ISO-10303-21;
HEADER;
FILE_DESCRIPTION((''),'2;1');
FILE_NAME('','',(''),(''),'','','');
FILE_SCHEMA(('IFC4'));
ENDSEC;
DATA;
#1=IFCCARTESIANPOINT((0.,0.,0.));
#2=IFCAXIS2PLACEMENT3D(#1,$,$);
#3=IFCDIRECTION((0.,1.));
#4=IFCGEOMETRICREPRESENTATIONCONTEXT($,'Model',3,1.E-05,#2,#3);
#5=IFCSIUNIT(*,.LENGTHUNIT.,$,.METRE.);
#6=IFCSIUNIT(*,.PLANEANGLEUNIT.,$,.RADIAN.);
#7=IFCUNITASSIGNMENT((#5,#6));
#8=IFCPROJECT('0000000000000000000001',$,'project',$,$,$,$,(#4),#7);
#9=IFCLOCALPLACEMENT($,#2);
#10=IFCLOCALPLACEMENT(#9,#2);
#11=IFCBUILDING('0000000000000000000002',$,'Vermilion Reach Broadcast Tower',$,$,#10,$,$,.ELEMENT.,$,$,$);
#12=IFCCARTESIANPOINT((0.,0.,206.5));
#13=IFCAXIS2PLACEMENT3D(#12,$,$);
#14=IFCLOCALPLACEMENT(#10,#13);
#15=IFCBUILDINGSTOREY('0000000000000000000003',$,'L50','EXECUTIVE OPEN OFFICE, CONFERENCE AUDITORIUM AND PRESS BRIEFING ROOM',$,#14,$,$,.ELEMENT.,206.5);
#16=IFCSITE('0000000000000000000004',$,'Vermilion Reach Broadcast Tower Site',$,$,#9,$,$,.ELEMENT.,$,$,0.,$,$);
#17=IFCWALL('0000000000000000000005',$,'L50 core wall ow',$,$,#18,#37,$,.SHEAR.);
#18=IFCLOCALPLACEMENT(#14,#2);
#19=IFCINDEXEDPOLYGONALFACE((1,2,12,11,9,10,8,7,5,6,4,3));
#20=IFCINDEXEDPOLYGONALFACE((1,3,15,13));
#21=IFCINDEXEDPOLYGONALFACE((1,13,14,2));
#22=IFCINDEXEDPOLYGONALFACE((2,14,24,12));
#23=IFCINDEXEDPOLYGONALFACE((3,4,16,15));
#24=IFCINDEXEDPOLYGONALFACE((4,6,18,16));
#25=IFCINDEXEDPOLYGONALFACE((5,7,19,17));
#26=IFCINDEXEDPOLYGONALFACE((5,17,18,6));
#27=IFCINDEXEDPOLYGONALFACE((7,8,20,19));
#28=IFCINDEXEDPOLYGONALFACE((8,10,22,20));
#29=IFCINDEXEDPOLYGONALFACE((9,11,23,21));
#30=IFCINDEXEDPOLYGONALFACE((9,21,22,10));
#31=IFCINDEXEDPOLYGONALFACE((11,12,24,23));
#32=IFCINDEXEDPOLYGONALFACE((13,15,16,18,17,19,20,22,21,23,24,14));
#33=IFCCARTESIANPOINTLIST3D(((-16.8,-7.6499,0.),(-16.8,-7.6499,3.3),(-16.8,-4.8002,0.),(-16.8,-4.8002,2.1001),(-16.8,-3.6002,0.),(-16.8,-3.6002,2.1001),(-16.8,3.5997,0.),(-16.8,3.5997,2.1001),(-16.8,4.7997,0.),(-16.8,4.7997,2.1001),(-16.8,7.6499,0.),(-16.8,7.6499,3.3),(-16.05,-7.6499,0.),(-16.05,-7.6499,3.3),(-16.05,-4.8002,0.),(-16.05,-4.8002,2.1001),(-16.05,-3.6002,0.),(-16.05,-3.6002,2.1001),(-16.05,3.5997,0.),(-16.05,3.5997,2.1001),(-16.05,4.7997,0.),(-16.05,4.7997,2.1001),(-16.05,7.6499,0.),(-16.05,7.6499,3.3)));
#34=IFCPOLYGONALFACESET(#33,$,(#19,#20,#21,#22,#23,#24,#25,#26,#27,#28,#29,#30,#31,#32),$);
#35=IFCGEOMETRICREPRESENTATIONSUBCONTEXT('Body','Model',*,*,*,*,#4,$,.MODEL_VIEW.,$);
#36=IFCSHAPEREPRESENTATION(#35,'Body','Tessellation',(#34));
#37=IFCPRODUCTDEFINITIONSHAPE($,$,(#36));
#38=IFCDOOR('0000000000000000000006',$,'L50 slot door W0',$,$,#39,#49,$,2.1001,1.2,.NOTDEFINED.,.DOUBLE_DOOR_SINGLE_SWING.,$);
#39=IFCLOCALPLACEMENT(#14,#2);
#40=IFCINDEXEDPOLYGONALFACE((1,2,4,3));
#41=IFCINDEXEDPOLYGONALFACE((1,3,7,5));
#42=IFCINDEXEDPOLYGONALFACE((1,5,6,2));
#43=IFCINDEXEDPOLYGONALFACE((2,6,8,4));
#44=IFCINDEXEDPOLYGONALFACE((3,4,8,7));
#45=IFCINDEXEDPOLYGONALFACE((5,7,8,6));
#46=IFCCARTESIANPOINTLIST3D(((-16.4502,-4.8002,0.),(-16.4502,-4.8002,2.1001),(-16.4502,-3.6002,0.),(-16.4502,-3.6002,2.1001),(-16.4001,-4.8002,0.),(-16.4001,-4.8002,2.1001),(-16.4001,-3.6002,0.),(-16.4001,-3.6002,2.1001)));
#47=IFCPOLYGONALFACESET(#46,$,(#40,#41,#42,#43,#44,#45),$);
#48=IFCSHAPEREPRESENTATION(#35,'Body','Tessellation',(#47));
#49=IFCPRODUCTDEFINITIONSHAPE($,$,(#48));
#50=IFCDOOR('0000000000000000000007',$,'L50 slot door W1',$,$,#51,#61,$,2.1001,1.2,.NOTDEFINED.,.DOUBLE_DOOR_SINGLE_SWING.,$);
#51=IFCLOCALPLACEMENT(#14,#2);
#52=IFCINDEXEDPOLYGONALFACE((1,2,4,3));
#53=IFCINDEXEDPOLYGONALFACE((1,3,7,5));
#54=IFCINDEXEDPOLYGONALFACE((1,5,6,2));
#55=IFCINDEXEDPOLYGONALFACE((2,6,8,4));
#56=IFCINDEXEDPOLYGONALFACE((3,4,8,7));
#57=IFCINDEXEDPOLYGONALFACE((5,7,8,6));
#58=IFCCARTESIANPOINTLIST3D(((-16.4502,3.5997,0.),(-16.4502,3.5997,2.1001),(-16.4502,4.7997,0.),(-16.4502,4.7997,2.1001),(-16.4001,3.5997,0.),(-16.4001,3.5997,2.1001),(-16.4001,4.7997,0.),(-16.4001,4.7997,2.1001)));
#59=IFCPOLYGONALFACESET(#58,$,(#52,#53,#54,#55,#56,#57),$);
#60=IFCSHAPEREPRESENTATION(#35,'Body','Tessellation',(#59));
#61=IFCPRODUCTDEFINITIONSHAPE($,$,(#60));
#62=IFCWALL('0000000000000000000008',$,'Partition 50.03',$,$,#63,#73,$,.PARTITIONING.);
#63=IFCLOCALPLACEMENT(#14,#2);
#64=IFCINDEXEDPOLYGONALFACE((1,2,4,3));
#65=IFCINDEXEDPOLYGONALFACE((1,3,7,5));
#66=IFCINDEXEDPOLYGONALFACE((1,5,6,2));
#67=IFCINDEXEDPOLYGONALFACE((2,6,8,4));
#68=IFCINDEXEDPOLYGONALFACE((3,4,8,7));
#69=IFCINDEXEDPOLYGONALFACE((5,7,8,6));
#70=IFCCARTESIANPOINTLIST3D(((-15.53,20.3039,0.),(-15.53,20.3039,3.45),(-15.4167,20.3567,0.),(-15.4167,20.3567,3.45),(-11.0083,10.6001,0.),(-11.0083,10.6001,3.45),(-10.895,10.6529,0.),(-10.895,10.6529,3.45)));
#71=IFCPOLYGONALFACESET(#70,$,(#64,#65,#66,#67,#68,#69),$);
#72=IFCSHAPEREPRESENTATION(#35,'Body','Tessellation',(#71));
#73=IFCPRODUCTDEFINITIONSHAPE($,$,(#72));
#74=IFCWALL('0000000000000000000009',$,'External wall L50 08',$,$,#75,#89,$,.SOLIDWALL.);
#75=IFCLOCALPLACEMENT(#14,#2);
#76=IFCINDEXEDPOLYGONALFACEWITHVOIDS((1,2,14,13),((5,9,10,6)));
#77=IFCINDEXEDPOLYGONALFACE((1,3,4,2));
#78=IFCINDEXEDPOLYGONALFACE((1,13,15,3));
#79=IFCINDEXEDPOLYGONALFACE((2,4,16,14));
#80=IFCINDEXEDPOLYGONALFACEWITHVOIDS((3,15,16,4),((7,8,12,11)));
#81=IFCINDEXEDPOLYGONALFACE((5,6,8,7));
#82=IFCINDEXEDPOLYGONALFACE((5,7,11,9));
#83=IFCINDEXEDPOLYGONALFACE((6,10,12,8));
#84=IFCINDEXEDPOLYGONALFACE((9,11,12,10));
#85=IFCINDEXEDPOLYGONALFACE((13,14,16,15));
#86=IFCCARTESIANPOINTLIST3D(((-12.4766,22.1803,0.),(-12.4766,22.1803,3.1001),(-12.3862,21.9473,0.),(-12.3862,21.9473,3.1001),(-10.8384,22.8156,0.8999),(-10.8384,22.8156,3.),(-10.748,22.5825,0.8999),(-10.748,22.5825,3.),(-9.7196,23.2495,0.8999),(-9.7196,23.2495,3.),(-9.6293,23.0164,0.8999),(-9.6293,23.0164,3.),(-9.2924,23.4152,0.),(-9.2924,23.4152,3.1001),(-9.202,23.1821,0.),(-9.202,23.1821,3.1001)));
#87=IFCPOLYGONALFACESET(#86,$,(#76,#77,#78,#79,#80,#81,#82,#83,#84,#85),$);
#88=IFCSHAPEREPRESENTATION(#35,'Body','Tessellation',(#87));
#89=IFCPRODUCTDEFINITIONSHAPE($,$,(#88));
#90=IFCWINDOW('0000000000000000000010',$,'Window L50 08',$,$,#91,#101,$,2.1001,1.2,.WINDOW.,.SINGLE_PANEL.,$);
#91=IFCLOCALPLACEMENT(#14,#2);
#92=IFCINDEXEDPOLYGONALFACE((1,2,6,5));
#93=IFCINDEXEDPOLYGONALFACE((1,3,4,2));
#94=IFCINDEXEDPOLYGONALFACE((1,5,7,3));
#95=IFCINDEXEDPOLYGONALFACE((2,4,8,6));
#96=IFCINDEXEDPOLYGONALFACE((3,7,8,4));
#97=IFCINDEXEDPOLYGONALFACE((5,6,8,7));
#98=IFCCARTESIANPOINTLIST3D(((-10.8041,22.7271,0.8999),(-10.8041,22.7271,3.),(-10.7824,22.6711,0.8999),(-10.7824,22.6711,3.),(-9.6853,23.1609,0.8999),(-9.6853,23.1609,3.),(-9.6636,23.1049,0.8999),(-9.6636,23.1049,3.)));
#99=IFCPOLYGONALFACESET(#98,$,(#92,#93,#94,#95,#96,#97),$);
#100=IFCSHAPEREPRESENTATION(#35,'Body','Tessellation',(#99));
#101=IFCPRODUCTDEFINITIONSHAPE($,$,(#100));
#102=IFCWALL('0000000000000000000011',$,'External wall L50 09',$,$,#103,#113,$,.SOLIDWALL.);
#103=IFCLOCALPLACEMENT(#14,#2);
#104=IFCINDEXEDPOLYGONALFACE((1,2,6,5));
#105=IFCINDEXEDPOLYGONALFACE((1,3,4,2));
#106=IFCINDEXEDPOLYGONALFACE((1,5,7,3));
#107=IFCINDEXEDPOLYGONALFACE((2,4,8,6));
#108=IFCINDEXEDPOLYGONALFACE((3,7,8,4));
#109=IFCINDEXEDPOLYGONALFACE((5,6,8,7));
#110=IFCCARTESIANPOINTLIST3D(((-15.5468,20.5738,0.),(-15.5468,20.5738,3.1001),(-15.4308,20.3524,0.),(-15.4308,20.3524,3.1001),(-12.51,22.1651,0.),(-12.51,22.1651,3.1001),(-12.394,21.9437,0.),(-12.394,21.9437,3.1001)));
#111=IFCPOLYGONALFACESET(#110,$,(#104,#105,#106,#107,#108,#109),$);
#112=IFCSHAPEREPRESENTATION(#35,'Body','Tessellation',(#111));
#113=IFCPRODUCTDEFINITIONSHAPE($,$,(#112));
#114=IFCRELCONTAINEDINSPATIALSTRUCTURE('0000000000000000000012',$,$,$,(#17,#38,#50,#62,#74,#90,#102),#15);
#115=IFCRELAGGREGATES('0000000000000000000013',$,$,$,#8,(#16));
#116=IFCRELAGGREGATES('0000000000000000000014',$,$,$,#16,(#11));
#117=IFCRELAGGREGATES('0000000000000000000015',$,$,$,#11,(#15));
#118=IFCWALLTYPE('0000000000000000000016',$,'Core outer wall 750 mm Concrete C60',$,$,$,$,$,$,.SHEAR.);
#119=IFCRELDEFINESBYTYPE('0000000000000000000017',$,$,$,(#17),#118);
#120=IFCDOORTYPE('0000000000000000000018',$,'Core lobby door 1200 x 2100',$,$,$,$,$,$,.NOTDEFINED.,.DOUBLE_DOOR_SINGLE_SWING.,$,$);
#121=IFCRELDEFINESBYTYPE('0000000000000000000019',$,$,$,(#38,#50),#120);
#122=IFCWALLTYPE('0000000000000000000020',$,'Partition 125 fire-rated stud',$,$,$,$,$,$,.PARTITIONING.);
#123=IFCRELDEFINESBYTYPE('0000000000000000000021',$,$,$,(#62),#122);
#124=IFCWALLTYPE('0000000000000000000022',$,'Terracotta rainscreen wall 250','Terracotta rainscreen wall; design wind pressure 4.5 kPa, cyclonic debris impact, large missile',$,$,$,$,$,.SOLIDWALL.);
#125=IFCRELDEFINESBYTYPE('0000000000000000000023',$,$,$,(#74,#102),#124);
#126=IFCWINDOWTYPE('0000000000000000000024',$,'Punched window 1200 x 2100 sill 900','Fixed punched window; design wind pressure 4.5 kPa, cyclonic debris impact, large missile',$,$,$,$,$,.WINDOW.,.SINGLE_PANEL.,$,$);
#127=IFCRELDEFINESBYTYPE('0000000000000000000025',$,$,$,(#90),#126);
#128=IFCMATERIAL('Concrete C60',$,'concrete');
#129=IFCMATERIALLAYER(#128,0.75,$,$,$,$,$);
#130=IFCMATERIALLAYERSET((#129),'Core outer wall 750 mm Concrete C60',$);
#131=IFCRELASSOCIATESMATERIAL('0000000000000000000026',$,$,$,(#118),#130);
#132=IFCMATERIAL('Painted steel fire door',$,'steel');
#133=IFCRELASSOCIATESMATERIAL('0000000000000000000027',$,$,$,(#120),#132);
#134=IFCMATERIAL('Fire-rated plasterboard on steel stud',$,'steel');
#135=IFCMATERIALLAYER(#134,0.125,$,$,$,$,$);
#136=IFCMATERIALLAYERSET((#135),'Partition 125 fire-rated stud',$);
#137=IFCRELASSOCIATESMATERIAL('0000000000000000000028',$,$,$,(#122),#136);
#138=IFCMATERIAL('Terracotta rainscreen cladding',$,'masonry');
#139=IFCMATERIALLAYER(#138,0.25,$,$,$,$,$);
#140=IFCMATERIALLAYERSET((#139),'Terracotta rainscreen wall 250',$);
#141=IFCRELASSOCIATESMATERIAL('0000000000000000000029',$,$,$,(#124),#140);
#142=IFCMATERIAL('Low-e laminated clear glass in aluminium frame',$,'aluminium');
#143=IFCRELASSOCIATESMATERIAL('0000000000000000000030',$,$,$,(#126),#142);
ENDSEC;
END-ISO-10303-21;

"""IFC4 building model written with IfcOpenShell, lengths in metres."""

from ifc_helpers import new_model, si_unit, direction, frame, frame_2d, origin, place, context, subcontext, project, spatial, rectangle, extrude, material, layer, layer_set, type_object, element, fill, save


model = new_model("IFC4")

# Units and contexts
model_context = context("Model", 3, precision=1e-05, world=origin(), true_north=direction((0.0, 1.0)))
body_context = subcontext(model_context, "Body", "Model", "MODEL_VIEW")
ifc_project = project(units=[si_unit("LENGTHUNIT", "METRE"), si_unit("PLANEANGLEUNIT", "RADIAN")], contexts=[model_context])

# Site, building, storey
site_placement = place(None, origin())
site = spatial("IfcSite", under=ifc_project, at=site_placement, Name="Vermilion Reach Broadcast Tower Site", CompositionType="ELEMENT", RefElevation=0.0)
building_placement = place(site_placement, origin())
building = spatial("IfcBuilding", under=site, at=building_placement, Name="Vermilion Reach Broadcast Tower", CompositionType="ELEMENT")
storey_placement = place(building_placement, frame((0.0, 0.0, 206.5)))
storey = spatial("IfcBuildingStorey", under=building, at=storey_placement, Name="L50", Description="EXECUTIVE OPEN OFFICE, CONFERENCE AUDITORIUM AND PRESS BRIEFING ROOM", CompositionType="ELEMENT", Elevation=206.5)

# Wall, openings, doors
ifc_material_1 = material(Name="Concrete C60", Category="concrete")
ifc_layer_1 = layer(ifc_material_1, 0.75)
ifc_layer_set_1 = layer_set([ifc_layer_1], Name="Core outer wall 750 mm Concrete C60")
wall_type_1 = type_object("IfcWallType", Name="Core outer wall 750 mm Concrete C60", PredefinedType="SHEAR", material=ifc_layer_set_1)
wall_1_placement = place(storey_placement, frame((-16.425, 7.6499, 0.0), z_axis=(0.0, 0.0, 1.0), x_axis=(0.0, -1.0, 0.0)))
wall_1 = element("IfcWall", 1, at=wall_1_placement, inside=storey, type_object=wall_type_1, Name="L50 core wall ow", PredefinedType="SHEAR", context=body_context, shape_type="SweptSolid", body=[
    extrude(rectangle(XDim=15.2998, YDim=0.75, at=frame_2d((7.6499, 0.0))), origin(), (0.0, 0.0, 1.0), 3.3),
])
opening_1_placement = place(wall_1_placement, frame((11.25, 0.0, 0.0)))
opening_1 = element("IfcOpeningElement", 2, at=opening_1_placement, cuts=wall_1, PredefinedType="OPENING", context=body_context, shape_type="SweptSolid", body=[
    extrude(rectangle(XDim=1.2, YDim=2.1001, at=frame_2d((0.6001, 1.05))), frame((0.0, 0.385, 0.0), z_axis=(0.0, -1.0, 0.0), x_axis=(1.0, 0.0, 0.0)), (0.0, 0.0, 1.0), 0.77),
])
opening_2_placement = place(wall_1_placement, frame((2.8501, 0.0, 0.0)))
opening_2 = element("IfcOpeningElement", 3, at=opening_2_placement, cuts=wall_1, PredefinedType="OPENING", context=body_context, shape_type="SweptSolid", body=[
    extrude(rectangle(XDim=1.2, YDim=2.1001, at=frame_2d((0.6001, 1.05))), frame((0.0, 0.385, 0.0), z_axis=(0.0, -1.0, 0.0), x_axis=(1.0, 0.0, 0.0)), (0.0, 0.0, 1.0), 0.77),
])
ifc_material_2 = material(Name="Painted steel fire door", Category="steel")
door_type_1 = type_object("IfcDoorType", Name="Core lobby door 1200 x 2100", OperationType="DOUBLE_DOOR_SINGLE_SWING", PredefinedType="NOTDEFINED", material=ifc_material_2)
door_1_placement = place(opening_1_placement, origin())
door_1 = element("IfcDoor", 4, at=door_1_placement, inside=storey, type_object=door_type_1, Name="L50 slot door W0", OperationType="DOUBLE_DOOR_SINGLE_SWING", OverallHeight=2.1001, OverallWidth=1.2, PredefinedType="NOTDEFINED", context=body_context, shape_type="SweptSolid", body=[
    extrude(rectangle(XDim=1.2, YDim=2.1001, at=frame_2d((0.6001, 1.05))), frame((0.0, 0.0249, 0.0), z_axis=(0.0, -1.0, 0.0), x_axis=(1.0, 0.0, 0.0)), (0.0, 0.0, 1.0), 0.05),
])
fill(opening_1, door_1)
door_2_placement = place(opening_2_placement, origin())
door_2 = element("IfcDoor", 5, at=door_2_placement, inside=storey, type_object=door_type_1, Name="L50 slot door W1", OperationType="DOUBLE_DOOR_SINGLE_SWING", OverallHeight=2.1001, OverallWidth=1.2, PredefinedType="NOTDEFINED", context=body_context, shape_type="SweptSolid", body=[
    extrude(rectangle(XDim=1.2, YDim=2.1001, at=frame_2d((0.6001, 1.05))), frame((0.0, 0.0249, 0.0), z_axis=(0.0, -1.0, 0.0), x_axis=(1.0, 0.0, 0.0)), (0.0, 0.0, 1.0), 0.05),
])
fill(opening_2, door_2)

# Wall
ifc_material_3 = material(Name="Fire-rated plasterboard on steel stud", Category="steel")
ifc_layer_2 = layer(ifc_material_3, 0.125)
ifc_layer_set_2 = layer_set([ifc_layer_2], Name="Partition 125 fire-rated stud")
wall_type_2 = type_object("IfcWallType", Name="Partition 125 fire-rated stud", PredefinedType="PARTITIONING", material=ifc_layer_set_2)
wall_2_placement = place(storey_placement, frame((-15.4734, 20.3303, 0.0), z_axis=(0.0, 0.0, 1.0), x_axis=(0.422369, -0.906424, 0.0)))
element("IfcWall", 6, at=wall_2_placement, inside=storey, type_object=wall_type_2, Name="Partition 50.03", PredefinedType="PARTITIONING", context=body_context, shape_type="SweptSolid", body=[
    extrude(rectangle(XDim=10.7056, YDim=0.125, at=frame_2d((5.3528, 0.0))), origin(), (0.0, 0.0, 1.0), 3.45),
])

# Wall, opening, window
ifc_material_4 = material(Name="Terracotta rainscreen cladding", Category="masonry")
ifc_layer_3 = layer(ifc_material_4, 0.25)
ifc_layer_set_3 = layer_set([ifc_layer_3], Name="Terracotta rainscreen wall 250")
wall_type_3 = type_object("IfcWallType", Name="Terracotta rainscreen wall 250", Description="Terracotta rainscreen wall; design wind pressure 4.5 kPa, cyclonic debris impact, large missile", PredefinedType="SOLIDWALL", material=ifc_layer_set_3)
wall_3_placement = place(storey_placement, frame((-9.2473, 23.2986, 0.0), z_axis=(0.0, 0.0, 1.0), x_axis=(-0.932349, -0.36156, 0.0)))
wall_3 = element("IfcWall", 7, at=wall_3_placement, inside=storey, type_object=wall_type_3, Name="External wall L50 08", PredefinedType="SOLIDWALL", context=body_context, shape_type="SweptSolid", body=[
    extrude(rectangle(XDim=3.4153, YDim=0.25, at=frame_2d((1.7075, 0.0))), origin(), (0.0, 0.0, 1.0), 3.1001),
])
opening_3_placement = place(wall_3_placement, frame((0.458, 0.0, 0.8999)))
opening_3 = element("IfcOpeningElement", 8, at=opening_3_placement, cuts=wall_3, PredefinedType="OPENING", context=body_context, shape_type="SweptSolid", body=[
    extrude(rectangle(XDim=1.2, YDim=2.1001, at=frame_2d((0.6001, 1.05))), frame((0.0, 0.135, 0.0), z_axis=(0.0, -1.0, 0.0), x_axis=(1.0, 0.0, 0.0)), (0.0, 0.0, 1.0), 0.27),
])
ifc_material_5 = material(Name="Low-e laminated clear glass in aluminium frame", Category="aluminium")
window_type = type_object("IfcWindowType", Name="Punched window 1200 x 2100 sill 900", Description="Fixed punched window; design wind pressure 4.5 kPa, cyclonic debris impact, large missile", PartitioningType="SINGLE_PANEL", PredefinedType="WINDOW", material=ifc_material_5)
window_placement = place(opening_3_placement, origin())
window = element("IfcWindow", 9, at=window_placement, inside=storey, type_object=window_type, Name="Window L50 08", OverallHeight=2.1001, OverallWidth=1.2, PartitioningType="SINGLE_PANEL", PredefinedType="WINDOW", context=body_context, shape_type="SweptSolid", body=[
    extrude(rectangle(XDim=1.2, YDim=2.1001, at=frame_2d((0.6001, 1.05))), frame((0.0, 0.03, 0.0), z_axis=(0.0, -1.0, 0.0), x_axis=(1.0, 0.0, 0.0)), (0.0, 0.0, 1.0), 0.0601),
])
fill(opening_3, window)

# Wall
wall_4_placement = place(storey_placement, frame((-12.4519, 22.0544, 0.0), z_axis=(0.0, 0.0, 1.0), x_axis=(-0.885763, -0.464137, 0.0)))
element("IfcWall", 10, at=wall_4_placement, inside=storey, type_object=wall_type_3, Name="External wall L50 09", PredefinedType="SOLIDWALL", context=body_context, shape_type="SweptSolid", body=[
    extrude(rectangle(XDim=3.4285, YDim=0.25, at=frame_2d((1.7144, 0.0))), origin(), (0.0, 0.0, 1.0), 3.1001),
])

save(model, "model.ifc")
